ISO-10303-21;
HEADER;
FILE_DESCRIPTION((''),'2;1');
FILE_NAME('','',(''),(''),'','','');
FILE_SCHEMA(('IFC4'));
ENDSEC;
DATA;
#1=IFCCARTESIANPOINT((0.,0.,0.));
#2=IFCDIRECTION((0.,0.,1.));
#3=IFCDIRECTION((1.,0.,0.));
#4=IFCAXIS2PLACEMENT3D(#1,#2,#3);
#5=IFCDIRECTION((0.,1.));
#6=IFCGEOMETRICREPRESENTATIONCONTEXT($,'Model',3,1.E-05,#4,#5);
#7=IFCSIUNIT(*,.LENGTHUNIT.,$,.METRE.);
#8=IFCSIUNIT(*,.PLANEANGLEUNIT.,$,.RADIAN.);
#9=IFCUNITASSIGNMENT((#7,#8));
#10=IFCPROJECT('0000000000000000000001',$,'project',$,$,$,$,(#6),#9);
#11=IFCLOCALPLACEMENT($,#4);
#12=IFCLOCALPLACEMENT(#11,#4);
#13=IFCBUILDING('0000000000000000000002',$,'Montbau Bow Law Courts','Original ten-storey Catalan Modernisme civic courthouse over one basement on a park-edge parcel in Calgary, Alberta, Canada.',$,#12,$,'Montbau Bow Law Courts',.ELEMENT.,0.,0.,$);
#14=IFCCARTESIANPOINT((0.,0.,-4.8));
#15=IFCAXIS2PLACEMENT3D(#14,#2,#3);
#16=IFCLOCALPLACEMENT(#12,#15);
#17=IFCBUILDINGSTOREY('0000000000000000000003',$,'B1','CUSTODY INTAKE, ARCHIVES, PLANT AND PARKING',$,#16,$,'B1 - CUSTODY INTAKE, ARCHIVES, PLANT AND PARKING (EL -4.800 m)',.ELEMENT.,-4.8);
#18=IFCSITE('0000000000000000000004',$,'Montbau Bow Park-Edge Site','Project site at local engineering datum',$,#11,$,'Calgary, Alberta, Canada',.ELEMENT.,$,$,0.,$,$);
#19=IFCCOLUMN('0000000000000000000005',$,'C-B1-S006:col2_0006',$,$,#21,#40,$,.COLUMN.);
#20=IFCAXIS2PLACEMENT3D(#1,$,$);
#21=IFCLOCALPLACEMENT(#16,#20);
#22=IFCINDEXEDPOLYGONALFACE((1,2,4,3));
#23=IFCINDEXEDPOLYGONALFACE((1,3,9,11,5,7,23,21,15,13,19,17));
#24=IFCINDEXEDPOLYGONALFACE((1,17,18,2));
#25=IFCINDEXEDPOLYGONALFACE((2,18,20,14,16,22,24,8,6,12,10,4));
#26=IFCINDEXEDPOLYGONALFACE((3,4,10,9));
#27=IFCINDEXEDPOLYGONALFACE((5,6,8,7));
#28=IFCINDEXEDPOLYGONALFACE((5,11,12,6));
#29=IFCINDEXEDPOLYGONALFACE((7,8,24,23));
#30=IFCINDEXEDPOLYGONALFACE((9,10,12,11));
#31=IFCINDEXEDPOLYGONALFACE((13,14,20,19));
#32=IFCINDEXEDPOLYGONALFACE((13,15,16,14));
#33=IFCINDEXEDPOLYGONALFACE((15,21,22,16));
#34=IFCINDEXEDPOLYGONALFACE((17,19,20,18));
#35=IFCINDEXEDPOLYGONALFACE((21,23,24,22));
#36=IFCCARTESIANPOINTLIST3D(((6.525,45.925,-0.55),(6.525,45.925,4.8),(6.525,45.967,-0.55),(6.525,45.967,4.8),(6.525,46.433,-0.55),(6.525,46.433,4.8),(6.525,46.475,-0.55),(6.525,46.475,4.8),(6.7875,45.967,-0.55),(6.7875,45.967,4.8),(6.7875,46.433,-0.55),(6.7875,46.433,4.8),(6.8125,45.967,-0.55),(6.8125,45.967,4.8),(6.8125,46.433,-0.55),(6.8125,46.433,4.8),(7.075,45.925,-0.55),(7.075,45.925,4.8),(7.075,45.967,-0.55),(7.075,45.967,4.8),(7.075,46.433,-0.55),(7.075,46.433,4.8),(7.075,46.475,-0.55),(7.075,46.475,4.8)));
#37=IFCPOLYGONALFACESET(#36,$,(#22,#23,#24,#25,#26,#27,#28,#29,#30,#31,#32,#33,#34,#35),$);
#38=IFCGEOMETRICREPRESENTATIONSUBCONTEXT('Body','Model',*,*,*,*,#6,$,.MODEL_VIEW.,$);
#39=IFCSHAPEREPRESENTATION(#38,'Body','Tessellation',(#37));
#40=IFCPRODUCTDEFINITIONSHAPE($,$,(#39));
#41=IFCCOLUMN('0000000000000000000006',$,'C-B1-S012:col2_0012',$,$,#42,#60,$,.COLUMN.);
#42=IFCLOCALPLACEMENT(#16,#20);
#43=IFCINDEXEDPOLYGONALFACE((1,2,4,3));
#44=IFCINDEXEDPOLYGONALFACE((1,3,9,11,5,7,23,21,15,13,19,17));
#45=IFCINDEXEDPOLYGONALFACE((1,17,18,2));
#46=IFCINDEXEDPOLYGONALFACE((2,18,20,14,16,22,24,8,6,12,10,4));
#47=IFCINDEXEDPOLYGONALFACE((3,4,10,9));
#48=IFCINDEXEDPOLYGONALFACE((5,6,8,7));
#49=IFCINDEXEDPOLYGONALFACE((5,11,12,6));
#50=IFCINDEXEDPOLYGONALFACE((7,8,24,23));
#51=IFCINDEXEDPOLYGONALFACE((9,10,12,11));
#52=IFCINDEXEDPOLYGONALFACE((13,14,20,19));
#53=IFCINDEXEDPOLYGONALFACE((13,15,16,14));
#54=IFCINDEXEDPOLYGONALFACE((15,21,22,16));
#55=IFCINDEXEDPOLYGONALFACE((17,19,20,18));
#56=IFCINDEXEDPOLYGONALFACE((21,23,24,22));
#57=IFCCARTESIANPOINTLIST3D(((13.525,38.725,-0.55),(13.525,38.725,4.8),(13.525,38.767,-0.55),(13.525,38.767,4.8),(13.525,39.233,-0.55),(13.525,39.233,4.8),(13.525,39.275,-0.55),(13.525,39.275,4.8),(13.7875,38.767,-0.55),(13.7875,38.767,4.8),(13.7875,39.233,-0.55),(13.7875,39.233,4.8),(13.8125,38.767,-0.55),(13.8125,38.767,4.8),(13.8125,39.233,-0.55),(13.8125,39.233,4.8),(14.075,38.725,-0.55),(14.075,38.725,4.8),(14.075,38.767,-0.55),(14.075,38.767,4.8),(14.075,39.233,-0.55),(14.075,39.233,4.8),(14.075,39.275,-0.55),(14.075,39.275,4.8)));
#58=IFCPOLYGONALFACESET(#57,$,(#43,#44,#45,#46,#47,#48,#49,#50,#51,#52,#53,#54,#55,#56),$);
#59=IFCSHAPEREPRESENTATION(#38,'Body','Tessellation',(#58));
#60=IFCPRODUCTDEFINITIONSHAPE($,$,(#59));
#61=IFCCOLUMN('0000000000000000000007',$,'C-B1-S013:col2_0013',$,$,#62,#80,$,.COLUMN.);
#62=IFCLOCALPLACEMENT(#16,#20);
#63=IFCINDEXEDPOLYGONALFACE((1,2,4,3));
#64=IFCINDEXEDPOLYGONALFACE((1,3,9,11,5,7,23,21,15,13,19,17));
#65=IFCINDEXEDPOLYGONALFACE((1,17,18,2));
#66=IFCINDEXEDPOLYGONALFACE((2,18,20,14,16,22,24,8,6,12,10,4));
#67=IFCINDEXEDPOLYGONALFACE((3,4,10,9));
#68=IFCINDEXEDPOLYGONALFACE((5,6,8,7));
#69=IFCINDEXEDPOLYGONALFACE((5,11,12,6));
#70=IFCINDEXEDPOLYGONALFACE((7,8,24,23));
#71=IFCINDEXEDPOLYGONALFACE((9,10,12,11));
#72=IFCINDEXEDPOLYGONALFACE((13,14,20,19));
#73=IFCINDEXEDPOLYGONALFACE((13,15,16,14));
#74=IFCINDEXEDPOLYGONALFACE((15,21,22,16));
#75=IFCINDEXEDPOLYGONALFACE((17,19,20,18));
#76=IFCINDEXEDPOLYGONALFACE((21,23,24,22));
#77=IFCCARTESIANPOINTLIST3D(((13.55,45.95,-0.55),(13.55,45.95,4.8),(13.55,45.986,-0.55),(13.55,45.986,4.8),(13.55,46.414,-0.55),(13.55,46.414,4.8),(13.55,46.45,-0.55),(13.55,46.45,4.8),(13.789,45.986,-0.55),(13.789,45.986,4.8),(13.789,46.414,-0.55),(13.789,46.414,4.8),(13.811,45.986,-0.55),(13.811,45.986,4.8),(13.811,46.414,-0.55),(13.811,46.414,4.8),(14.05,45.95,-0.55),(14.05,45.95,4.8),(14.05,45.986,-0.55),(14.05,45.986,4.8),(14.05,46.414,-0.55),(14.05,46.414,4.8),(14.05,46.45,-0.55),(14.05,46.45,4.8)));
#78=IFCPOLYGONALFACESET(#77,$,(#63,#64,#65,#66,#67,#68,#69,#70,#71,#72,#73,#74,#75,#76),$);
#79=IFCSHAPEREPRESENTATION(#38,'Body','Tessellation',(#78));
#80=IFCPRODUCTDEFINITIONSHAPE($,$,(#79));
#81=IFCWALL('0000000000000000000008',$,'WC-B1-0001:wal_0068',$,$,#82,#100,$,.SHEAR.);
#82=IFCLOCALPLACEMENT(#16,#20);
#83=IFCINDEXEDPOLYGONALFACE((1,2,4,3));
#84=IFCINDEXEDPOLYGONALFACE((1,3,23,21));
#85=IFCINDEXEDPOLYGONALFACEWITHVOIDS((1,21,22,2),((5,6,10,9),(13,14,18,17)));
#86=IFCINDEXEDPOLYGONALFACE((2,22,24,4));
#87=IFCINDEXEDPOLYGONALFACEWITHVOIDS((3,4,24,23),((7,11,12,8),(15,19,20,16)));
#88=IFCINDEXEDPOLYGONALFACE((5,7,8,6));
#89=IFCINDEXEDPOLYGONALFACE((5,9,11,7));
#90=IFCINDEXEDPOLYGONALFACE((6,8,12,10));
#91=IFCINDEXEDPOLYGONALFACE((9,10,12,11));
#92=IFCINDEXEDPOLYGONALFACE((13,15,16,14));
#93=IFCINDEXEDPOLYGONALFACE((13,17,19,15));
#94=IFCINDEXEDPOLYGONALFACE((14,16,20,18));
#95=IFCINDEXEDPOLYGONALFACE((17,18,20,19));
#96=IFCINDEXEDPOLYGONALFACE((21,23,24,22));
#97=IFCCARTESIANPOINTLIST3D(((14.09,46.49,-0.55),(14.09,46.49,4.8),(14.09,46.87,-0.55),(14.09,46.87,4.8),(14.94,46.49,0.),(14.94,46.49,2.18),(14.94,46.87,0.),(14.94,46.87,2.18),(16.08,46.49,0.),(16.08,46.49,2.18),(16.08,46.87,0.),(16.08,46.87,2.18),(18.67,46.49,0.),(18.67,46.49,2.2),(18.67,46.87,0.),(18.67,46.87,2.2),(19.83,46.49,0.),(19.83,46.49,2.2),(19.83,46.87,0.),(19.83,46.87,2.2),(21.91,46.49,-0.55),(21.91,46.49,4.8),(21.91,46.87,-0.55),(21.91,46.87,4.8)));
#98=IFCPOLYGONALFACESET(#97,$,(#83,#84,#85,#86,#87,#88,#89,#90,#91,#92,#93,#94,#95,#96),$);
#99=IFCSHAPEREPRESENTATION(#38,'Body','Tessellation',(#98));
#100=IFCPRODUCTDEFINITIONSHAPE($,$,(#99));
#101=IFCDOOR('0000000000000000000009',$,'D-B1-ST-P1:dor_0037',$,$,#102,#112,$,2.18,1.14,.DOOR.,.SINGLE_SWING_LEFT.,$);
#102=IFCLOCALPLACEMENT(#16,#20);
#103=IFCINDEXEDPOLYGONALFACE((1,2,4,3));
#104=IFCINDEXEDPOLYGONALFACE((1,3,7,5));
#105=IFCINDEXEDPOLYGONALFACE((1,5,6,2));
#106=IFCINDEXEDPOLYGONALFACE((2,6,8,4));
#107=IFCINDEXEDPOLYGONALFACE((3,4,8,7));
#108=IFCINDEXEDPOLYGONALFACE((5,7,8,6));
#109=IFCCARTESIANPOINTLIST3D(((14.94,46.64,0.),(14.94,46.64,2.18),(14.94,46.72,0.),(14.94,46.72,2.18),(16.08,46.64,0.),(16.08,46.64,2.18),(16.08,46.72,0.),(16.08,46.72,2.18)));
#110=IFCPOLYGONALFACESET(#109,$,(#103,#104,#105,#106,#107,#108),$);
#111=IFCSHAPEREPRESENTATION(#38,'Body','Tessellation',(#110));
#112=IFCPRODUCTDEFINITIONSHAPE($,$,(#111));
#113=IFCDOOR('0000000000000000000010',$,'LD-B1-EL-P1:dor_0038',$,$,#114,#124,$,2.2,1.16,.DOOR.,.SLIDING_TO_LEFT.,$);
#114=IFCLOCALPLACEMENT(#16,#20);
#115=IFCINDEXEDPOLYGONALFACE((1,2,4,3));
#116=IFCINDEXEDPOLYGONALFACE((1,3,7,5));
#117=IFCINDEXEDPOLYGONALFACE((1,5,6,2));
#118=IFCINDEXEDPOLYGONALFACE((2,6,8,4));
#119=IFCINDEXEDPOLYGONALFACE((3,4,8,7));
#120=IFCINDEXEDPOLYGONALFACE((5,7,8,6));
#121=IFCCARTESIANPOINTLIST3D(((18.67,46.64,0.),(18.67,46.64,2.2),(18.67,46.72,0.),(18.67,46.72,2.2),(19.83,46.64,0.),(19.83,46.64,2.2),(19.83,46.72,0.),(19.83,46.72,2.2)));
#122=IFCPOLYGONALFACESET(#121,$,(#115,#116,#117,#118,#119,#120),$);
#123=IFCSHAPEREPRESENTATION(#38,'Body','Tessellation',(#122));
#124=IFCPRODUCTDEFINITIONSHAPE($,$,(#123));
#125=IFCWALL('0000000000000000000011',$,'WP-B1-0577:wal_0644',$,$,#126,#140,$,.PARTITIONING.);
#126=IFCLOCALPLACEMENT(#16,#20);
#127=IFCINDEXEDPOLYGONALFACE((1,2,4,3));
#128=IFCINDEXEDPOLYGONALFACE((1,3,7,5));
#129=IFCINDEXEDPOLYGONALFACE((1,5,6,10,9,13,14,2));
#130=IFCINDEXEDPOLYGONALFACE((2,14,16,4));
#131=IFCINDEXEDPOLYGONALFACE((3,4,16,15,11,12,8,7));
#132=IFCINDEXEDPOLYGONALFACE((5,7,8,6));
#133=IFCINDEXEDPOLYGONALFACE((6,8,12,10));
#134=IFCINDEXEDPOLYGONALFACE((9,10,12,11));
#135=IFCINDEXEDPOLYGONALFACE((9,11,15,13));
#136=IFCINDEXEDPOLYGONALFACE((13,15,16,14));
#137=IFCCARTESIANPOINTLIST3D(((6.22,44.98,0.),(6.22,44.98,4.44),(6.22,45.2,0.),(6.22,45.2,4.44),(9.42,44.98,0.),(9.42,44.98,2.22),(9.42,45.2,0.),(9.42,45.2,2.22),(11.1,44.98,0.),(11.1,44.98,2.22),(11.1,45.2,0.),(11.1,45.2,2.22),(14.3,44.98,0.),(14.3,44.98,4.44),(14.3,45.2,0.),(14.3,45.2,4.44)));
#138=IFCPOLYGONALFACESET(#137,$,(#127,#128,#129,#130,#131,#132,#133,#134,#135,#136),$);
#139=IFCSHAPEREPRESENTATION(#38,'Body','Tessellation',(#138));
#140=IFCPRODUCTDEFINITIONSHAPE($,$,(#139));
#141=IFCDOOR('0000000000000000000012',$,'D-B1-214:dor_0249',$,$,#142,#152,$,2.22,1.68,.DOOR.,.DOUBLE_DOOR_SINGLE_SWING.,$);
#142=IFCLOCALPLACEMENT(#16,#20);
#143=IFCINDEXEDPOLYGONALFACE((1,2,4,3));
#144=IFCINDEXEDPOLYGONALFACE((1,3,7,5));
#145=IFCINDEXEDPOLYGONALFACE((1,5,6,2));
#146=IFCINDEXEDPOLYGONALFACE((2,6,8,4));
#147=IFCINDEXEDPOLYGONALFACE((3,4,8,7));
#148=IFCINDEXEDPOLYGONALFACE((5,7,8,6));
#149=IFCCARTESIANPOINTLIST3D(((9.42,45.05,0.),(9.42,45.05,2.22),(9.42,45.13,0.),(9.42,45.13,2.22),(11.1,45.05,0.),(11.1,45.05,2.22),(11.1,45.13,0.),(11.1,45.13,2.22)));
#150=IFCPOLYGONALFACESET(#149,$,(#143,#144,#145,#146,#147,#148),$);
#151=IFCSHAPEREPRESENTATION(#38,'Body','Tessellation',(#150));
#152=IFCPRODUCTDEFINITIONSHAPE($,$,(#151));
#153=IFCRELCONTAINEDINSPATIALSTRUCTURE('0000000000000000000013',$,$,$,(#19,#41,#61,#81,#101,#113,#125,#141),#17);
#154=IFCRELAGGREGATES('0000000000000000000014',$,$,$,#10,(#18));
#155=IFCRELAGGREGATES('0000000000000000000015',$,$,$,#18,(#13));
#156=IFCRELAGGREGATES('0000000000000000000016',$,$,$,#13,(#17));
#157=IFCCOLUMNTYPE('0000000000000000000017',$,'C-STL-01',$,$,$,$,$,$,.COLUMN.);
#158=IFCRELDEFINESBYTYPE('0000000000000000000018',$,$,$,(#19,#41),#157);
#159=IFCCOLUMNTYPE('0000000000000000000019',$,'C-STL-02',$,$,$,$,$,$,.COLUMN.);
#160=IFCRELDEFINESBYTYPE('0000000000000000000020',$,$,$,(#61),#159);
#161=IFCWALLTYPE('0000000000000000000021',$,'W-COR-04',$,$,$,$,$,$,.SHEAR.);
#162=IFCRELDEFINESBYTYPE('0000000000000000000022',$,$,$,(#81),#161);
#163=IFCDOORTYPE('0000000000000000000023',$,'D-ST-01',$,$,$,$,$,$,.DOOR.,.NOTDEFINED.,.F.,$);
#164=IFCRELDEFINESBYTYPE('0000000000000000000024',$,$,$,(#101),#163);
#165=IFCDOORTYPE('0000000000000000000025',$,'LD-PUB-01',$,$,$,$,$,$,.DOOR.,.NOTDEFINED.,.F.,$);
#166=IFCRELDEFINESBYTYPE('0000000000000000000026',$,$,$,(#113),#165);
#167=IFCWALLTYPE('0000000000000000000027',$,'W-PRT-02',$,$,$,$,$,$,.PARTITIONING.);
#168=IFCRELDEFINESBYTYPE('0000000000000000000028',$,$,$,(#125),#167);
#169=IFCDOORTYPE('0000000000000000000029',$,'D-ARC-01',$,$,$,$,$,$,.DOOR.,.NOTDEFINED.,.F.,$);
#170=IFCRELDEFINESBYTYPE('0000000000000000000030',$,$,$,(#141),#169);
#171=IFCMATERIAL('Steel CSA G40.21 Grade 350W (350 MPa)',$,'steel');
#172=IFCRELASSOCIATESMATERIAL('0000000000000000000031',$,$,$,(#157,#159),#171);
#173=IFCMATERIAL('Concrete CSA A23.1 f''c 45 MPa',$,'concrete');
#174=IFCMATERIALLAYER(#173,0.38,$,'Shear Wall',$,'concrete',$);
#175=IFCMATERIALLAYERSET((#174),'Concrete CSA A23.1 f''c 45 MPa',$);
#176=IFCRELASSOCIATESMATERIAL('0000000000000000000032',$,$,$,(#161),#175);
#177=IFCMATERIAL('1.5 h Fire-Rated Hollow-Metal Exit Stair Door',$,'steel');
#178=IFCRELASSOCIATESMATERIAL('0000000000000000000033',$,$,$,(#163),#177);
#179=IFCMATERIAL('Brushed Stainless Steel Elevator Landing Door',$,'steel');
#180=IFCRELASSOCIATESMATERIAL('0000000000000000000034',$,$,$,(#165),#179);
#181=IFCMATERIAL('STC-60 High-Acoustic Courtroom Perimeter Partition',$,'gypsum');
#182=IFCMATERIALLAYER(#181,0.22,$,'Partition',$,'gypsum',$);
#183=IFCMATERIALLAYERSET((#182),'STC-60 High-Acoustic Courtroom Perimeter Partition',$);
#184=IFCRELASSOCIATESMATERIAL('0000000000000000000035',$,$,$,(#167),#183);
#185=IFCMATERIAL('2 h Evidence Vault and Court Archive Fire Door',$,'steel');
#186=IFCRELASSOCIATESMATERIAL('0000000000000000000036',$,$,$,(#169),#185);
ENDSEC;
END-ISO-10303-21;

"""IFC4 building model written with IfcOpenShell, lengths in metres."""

from ifc_helpers import new_model, si_unit, direction, frame, frame_2d, origin_with_axes, origin_2d_with_axis, place, context, subcontext, project, spatial, rectangle, i_section, extrude, material, layer, layer_set, material_profile, profile_set, type_object, element, fill, save


model = new_model("IFC4")

# Units and contexts
model_context = context("Model", 3, precision=1e-05, world=origin_with_axes(), true_north=direction((0.0, 1.0)))
body_context = subcontext(model_context, "Body", "Model", "MODEL_VIEW")
ifc_project = project(units=[si_unit("LENGTHUNIT", "METRE"), si_unit("PLANEANGLEUNIT", "RADIAN")], contexts=[model_context])

# Site, building, storey
site_placement = place(None, origin_with_axes())
site = spatial("IfcSite", under=ifc_project, at=site_placement, Name="Montbau Bow Park-Edge Site", Description="Project site at local engineering datum", LongName="Calgary, Alberta, Canada", CompositionType="ELEMENT", RefElevation=0.0)
building_placement = place(site_placement, origin_with_axes())
building = spatial("IfcBuilding", under=site, at=building_placement, Name="Montbau Bow Law Courts", Description="Original ten-storey Catalan Modernisme civic courthouse over one basement on a park-edge parcel in Calgary, Alberta, Canada.", LongName="Montbau Bow Law Courts", CompositionType="ELEMENT", ElevationOfRefHeight=0.0, ElevationOfTerrain=0.0)
storey_placement = place(building_placement, frame((0.0, 0.0, -4.8), z_axis=(0.0, 0.0, 1.0), x_axis=(1.0, 0.0, 0.0)))
storey = spatial("IfcBuildingStorey", under=building, at=storey_placement, Name="B1", Description="CUSTODY INTAKE, ARCHIVES, PLANT AND PARKING", LongName="B1 - CUSTODY INTAKE, ARCHIVES, PLANT AND PARKING (EL -4.800 m)", CompositionType="ELEMENT", Elevation=-4.8)

# Columns
ifc_material_1 = material(Name="Steel CSA G40.21 Grade 350W (350 MPa)", Category="steel")
ifc_material_profile_1 = material_profile(ifc_material_1, i_section(OverallWidth=0.55, OverallDepth=0.55, WebThickness=0.025, FlangeThickness=0.042, at=origin_2d_with_axis()), Name="WWF550X420", Category="Main", Priority=0)
ifc_profile_set_1 = profile_set([ifc_material_profile_1], Name="Steel CSA G40.21 Grade 350W (350 MPa)")
column_type_1 = type_object("IfcColumnType", Name="C-STL-01", PredefinedType="COLUMN", material=ifc_profile_set_1)
for number, where, z_axis, x_axis, name in (
    (1, (6.8, 46.2, -5.35), (0.0, 0.0, 1.0), (1.0, 0.0, 0.0), "C-B1-S006:col2_0006"),
    (2, (13.8, 39.0, -5.35), (0.0, 0.0, 1.0), (1.0, 0.0, 0.0), "C-B1-S012:col2_0012"),
):
    element("IfcColumn", number, at=place(None, frame(where, z_axis=z_axis, x_axis=x_axis)), inside=storey, type_object=column_type_1, Name=name, PredefinedType="COLUMN", context=body_context, shape_type="SweptSolid", body=[
        extrude(i_section(OverallWidth=0.55, OverallDepth=0.55, WebThickness=0.025, FlangeThickness=0.042, at=origin_2d_with_axis()), origin_with_axes(), (0.0, 0.0, 1.0), 5.35),
    ])
ifc_material_profile_2 = material_profile(ifc_material_1, i_section(OverallWidth=0.5, OverallDepth=0.5, WebThickness=0.022, FlangeThickness=0.036, at=origin_2d_with_axis()), Name="WWF500X343", Category="Main", Priority=0)
ifc_profile_set_2 = profile_set([ifc_material_profile_2], Name="Steel CSA G40.21 Grade 350W (350 MPa)")
column_type_2 = type_object("IfcColumnType", Name="C-STL-02", PredefinedType="COLUMN", material=ifc_profile_set_2)
column_1_placement = place(None, frame((13.8, 46.2, -5.35), z_axis=(0.0, 0.0, 1.0), x_axis=(1.0, 0.0, 0.0)))
element("IfcColumn", 3, at=column_1_placement, inside=storey, type_object=column_type_2, Name="C-B1-S013:col2_0013", PredefinedType="COLUMN", context=body_context, shape_type="SweptSolid", body=[
    extrude(i_section(OverallWidth=0.5, OverallDepth=0.5, WebThickness=0.022, FlangeThickness=0.036, at=origin_2d_with_axis()), origin_with_axes(), (0.0, 0.0, 1.0), 5.35),
])

# Wall, openings, doors
ifc_material_2 = material(Name="Concrete CSA A23.1 f'c 45 MPa", Category="concrete")
ifc_layer_1 = layer(ifc_material_2, 0.38, Name="Shear Wall", Category="concrete")
ifc_layer_set_1 = layer_set([ifc_layer_1], Name="Concrete CSA A23.1 f'c 45 MPa")
wall_type_1 = type_object("IfcWallType", Name="W-COR-04", PredefinedType="SHEAR", material=ifc_layer_set_1)
wall_1_placement = place(None, frame((14.09, 46.68, -5.35), z_axis=(0.0, 0.0, 1.0), x_axis=(1.0, 0.0, 0.0)))
wall_1 = element("IfcWall", 4, at=wall_1_placement, inside=storey, type_object=wall_type_1, Name="WC-B1-0001:wal_0068", PredefinedType="SHEAR", context=body_context, shape_type="SweptSolid", body=[
    extrude(rectangle(XDim=7.82, YDim=0.38, at=frame_2d((3.91, 0.0), x_axis=(1.0, 0.0))), origin_with_axes(), (0.0, 0.0, 1.0), 5.35),
])
opening_1_placement = place(None, frame((15.51, 46.68, -4.8), z_axis=(0.0, 0.0, 1.0), x_axis=(1.0, 0.0, 0.0)))
opening_1 = element("IfcOpeningElement", 5, at=opening_1_placement, cuts=wall_1, PredefinedType="OPENING", context=body_context, shape_type="SweptSolid", body=[
    extrude(rectangle(XDim=1.14, YDim=2.18, at=frame_2d((0.0, 1.09), x_axis=(1.0, 0.0))), frame((0.0, 0.2, 0.0), z_axis=(0.0, -1.0, 0.0), x_axis=(1.0, 0.0, 0.0)), (0.0, 0.0, 1.0), 0.4),
])
opening_2_placement = place(None, frame((19.25, 46.68, -4.8), z_axis=(0.0, 0.0, 1.0), x_axis=(1.0, 0.0, 0.0)))
opening_2 = element("IfcOpeningElement", 6, at=opening_2_placement, cuts=wall_1, PredefinedType="OPENING", context=body_context, shape_type="SweptSolid", body=[
    extrude(rectangle(XDim=1.16, YDim=2.2, at=frame_2d((0.0, 1.1), x_axis=(1.0, 0.0))), frame((0.0, 0.2, 0.0), z_axis=(0.0, -1.0, 0.0), x_axis=(1.0, 0.0, 0.0)), (0.0, 0.0, 1.0), 0.4),
])
ifc_material_3 = material(Name="1.5 h Fire-Rated Hollow-Metal Exit Stair Door", Category="steel")
door_type_1 = type_object("IfcDoorType", Name="D-ST-01", OperationType="NOTDEFINED", ParameterTakesPrecedence=False, PredefinedType="DOOR", material=ifc_material_3)
door_1_placement = place(None, frame((15.51, 46.68, -4.8), z_axis=(0.0, 0.0, 1.0), x_axis=(-1.0, 0.0, 0.0)))
door_1 = element("IfcDoor", 7, at=door_1_placement, inside=storey, type_object=door_type_1, Name="D-B1-ST-P1:dor_0037", OperationType="SINGLE_SWING_LEFT", OverallHeight=2.18, OverallWidth=1.14, PredefinedType="DOOR", context=body_context, shape_type="SweptSolid", body=[
    extrude(rectangle(XDim=1.14, YDim=2.18, at=frame_2d((0.0, 1.09), x_axis=(1.0, 0.0))), frame((0.0, 0.04, 0.0), z_axis=(0.0, -1.0, 0.0), x_axis=(1.0, 0.0, 0.0)), (0.0, 0.0, 1.0), 0.08),
])
fill(opening_1, door_1)
ifc_material_4 = material(Name="Brushed Stainless Steel Elevator Landing Door", Category="steel")
door_type_2 = type_object("IfcDoorType", Name="LD-PUB-01", OperationType="NOTDEFINED", ParameterTakesPrecedence=False, PredefinedType="DOOR", material=ifc_material_4)
door_2_placement = place(None, frame((19.25, 46.68, -4.8), z_axis=(0.0, 0.0, 1.0), x_axis=(-1.0, 0.0, 0.0)))
door_2 = element("IfcDoor", 8, at=door_2_placement, inside=storey, type_object=door_type_2, Name="LD-B1-EL-P1:dor_0038", OperationType="SLIDING_TO_LEFT", OverallHeight=2.2, OverallWidth=1.16, PredefinedType="DOOR", context=body_context, shape_type="SweptSolid", body=[
    extrude(rectangle(XDim=1.16, YDim=2.2, at=frame_2d((0.0, 1.1), x_axis=(1.0, 0.0))), frame((0.0, 0.04, 0.0), z_axis=(0.0, -1.0, 0.0), x_axis=(1.0, 0.0, 0.0)), (0.0, 0.0, 1.0), 0.08),
])
fill(opening_2, door_2)

# Wall, opening, door
ifc_material_5 = material(Name="STC-60 High-Acoustic Courtroom Perimeter Partition", Category="gypsum")
ifc_layer_2 = layer(ifc_material_5, 0.22, Name="Partition", Category="gypsum")
ifc_layer_set_2 = layer_set([ifc_layer_2], Name="STC-60 High-Acoustic Courtroom Perimeter Partition")
wall_type_2 = type_object("IfcWallType", Name="W-PRT-02", PredefinedType="PARTITIONING", material=ifc_layer_set_2)
wall_2_placement = place(None, frame((6.22, 45.09, -4.8), z_axis=(0.0, 0.0, 1.0), x_axis=(1.0, 0.0, 0.0)))
wall_2 = element("IfcWall", 9, at=wall_2_placement, inside=storey, type_object=wall_type_2, Name="WP-B1-0577:wal_0644", PredefinedType="PARTITIONING", context=body_context, shape_type="SweptSolid", body=[
    extrude(rectangle(XDim=8.08, YDim=0.22, at=frame_2d((4.04, 0.0), x_axis=(1.0, 0.0))), origin_with_axes(), (0.0, 0.0, 1.0), 4.44),
])
opening_3_placement = place(None, frame((10.26, 45.09, -4.8), z_axis=(0.0, 0.0, 1.0), x_axis=(1.0, 0.0, 0.0)))
opening_3 = element("IfcOpeningElement", 10, at=opening_3_placement, cuts=wall_2, PredefinedType="OPENING", context=body_context, shape_type="SweptSolid", body=[
    extrude(rectangle(XDim=1.68, YDim=2.22, at=frame_2d((0.0, 1.11), x_axis=(1.0, 0.0))), frame((0.0, 0.12, 0.0), z_axis=(0.0, -1.0, 0.0), x_axis=(1.0, 0.0, 0.0)), (0.0, 0.0, 1.0), 0.24),
])
ifc_material_6 = material(Name="2 h Evidence Vault and Court Archive Fire Door", Category="steel")
door_type_3 = type_object("IfcDoorType", Name="D-ARC-01", OperationType="NOTDEFINED", ParameterTakesPrecedence=False, PredefinedType="DOOR", material=ifc_material_6)
door_3_placement = place(None, frame((10.26, 45.09, -4.8), z_axis=(0.0, 0.0, 1.0), x_axis=(-1.0, 0.0, 0.0)))
door_3 = element("IfcDoor", 11, at=door_3_placement, inside=storey, type_object=door_type_3, Name="D-B1-214:dor_0249", OperationType="DOUBLE_DOOR_SINGLE_SWING", OverallHeight=2.22, OverallWidth=1.68, PredefinedType="DOOR", context=body_context, shape_type="SweptSolid", body=[
    extrude(rectangle(XDim=1.68, YDim=2.22, at=frame_2d((0.0, 1.11), x_axis=(1.0, 0.0))), frame((0.0, 0.04, 0.0), z_axis=(0.0, -1.0, 0.0), x_axis=(1.0, 0.0, 0.0)), (0.0, 0.0, 1.0), 0.08),
])
fill(opening_3, door_3)

save(model, "model.ifc")
